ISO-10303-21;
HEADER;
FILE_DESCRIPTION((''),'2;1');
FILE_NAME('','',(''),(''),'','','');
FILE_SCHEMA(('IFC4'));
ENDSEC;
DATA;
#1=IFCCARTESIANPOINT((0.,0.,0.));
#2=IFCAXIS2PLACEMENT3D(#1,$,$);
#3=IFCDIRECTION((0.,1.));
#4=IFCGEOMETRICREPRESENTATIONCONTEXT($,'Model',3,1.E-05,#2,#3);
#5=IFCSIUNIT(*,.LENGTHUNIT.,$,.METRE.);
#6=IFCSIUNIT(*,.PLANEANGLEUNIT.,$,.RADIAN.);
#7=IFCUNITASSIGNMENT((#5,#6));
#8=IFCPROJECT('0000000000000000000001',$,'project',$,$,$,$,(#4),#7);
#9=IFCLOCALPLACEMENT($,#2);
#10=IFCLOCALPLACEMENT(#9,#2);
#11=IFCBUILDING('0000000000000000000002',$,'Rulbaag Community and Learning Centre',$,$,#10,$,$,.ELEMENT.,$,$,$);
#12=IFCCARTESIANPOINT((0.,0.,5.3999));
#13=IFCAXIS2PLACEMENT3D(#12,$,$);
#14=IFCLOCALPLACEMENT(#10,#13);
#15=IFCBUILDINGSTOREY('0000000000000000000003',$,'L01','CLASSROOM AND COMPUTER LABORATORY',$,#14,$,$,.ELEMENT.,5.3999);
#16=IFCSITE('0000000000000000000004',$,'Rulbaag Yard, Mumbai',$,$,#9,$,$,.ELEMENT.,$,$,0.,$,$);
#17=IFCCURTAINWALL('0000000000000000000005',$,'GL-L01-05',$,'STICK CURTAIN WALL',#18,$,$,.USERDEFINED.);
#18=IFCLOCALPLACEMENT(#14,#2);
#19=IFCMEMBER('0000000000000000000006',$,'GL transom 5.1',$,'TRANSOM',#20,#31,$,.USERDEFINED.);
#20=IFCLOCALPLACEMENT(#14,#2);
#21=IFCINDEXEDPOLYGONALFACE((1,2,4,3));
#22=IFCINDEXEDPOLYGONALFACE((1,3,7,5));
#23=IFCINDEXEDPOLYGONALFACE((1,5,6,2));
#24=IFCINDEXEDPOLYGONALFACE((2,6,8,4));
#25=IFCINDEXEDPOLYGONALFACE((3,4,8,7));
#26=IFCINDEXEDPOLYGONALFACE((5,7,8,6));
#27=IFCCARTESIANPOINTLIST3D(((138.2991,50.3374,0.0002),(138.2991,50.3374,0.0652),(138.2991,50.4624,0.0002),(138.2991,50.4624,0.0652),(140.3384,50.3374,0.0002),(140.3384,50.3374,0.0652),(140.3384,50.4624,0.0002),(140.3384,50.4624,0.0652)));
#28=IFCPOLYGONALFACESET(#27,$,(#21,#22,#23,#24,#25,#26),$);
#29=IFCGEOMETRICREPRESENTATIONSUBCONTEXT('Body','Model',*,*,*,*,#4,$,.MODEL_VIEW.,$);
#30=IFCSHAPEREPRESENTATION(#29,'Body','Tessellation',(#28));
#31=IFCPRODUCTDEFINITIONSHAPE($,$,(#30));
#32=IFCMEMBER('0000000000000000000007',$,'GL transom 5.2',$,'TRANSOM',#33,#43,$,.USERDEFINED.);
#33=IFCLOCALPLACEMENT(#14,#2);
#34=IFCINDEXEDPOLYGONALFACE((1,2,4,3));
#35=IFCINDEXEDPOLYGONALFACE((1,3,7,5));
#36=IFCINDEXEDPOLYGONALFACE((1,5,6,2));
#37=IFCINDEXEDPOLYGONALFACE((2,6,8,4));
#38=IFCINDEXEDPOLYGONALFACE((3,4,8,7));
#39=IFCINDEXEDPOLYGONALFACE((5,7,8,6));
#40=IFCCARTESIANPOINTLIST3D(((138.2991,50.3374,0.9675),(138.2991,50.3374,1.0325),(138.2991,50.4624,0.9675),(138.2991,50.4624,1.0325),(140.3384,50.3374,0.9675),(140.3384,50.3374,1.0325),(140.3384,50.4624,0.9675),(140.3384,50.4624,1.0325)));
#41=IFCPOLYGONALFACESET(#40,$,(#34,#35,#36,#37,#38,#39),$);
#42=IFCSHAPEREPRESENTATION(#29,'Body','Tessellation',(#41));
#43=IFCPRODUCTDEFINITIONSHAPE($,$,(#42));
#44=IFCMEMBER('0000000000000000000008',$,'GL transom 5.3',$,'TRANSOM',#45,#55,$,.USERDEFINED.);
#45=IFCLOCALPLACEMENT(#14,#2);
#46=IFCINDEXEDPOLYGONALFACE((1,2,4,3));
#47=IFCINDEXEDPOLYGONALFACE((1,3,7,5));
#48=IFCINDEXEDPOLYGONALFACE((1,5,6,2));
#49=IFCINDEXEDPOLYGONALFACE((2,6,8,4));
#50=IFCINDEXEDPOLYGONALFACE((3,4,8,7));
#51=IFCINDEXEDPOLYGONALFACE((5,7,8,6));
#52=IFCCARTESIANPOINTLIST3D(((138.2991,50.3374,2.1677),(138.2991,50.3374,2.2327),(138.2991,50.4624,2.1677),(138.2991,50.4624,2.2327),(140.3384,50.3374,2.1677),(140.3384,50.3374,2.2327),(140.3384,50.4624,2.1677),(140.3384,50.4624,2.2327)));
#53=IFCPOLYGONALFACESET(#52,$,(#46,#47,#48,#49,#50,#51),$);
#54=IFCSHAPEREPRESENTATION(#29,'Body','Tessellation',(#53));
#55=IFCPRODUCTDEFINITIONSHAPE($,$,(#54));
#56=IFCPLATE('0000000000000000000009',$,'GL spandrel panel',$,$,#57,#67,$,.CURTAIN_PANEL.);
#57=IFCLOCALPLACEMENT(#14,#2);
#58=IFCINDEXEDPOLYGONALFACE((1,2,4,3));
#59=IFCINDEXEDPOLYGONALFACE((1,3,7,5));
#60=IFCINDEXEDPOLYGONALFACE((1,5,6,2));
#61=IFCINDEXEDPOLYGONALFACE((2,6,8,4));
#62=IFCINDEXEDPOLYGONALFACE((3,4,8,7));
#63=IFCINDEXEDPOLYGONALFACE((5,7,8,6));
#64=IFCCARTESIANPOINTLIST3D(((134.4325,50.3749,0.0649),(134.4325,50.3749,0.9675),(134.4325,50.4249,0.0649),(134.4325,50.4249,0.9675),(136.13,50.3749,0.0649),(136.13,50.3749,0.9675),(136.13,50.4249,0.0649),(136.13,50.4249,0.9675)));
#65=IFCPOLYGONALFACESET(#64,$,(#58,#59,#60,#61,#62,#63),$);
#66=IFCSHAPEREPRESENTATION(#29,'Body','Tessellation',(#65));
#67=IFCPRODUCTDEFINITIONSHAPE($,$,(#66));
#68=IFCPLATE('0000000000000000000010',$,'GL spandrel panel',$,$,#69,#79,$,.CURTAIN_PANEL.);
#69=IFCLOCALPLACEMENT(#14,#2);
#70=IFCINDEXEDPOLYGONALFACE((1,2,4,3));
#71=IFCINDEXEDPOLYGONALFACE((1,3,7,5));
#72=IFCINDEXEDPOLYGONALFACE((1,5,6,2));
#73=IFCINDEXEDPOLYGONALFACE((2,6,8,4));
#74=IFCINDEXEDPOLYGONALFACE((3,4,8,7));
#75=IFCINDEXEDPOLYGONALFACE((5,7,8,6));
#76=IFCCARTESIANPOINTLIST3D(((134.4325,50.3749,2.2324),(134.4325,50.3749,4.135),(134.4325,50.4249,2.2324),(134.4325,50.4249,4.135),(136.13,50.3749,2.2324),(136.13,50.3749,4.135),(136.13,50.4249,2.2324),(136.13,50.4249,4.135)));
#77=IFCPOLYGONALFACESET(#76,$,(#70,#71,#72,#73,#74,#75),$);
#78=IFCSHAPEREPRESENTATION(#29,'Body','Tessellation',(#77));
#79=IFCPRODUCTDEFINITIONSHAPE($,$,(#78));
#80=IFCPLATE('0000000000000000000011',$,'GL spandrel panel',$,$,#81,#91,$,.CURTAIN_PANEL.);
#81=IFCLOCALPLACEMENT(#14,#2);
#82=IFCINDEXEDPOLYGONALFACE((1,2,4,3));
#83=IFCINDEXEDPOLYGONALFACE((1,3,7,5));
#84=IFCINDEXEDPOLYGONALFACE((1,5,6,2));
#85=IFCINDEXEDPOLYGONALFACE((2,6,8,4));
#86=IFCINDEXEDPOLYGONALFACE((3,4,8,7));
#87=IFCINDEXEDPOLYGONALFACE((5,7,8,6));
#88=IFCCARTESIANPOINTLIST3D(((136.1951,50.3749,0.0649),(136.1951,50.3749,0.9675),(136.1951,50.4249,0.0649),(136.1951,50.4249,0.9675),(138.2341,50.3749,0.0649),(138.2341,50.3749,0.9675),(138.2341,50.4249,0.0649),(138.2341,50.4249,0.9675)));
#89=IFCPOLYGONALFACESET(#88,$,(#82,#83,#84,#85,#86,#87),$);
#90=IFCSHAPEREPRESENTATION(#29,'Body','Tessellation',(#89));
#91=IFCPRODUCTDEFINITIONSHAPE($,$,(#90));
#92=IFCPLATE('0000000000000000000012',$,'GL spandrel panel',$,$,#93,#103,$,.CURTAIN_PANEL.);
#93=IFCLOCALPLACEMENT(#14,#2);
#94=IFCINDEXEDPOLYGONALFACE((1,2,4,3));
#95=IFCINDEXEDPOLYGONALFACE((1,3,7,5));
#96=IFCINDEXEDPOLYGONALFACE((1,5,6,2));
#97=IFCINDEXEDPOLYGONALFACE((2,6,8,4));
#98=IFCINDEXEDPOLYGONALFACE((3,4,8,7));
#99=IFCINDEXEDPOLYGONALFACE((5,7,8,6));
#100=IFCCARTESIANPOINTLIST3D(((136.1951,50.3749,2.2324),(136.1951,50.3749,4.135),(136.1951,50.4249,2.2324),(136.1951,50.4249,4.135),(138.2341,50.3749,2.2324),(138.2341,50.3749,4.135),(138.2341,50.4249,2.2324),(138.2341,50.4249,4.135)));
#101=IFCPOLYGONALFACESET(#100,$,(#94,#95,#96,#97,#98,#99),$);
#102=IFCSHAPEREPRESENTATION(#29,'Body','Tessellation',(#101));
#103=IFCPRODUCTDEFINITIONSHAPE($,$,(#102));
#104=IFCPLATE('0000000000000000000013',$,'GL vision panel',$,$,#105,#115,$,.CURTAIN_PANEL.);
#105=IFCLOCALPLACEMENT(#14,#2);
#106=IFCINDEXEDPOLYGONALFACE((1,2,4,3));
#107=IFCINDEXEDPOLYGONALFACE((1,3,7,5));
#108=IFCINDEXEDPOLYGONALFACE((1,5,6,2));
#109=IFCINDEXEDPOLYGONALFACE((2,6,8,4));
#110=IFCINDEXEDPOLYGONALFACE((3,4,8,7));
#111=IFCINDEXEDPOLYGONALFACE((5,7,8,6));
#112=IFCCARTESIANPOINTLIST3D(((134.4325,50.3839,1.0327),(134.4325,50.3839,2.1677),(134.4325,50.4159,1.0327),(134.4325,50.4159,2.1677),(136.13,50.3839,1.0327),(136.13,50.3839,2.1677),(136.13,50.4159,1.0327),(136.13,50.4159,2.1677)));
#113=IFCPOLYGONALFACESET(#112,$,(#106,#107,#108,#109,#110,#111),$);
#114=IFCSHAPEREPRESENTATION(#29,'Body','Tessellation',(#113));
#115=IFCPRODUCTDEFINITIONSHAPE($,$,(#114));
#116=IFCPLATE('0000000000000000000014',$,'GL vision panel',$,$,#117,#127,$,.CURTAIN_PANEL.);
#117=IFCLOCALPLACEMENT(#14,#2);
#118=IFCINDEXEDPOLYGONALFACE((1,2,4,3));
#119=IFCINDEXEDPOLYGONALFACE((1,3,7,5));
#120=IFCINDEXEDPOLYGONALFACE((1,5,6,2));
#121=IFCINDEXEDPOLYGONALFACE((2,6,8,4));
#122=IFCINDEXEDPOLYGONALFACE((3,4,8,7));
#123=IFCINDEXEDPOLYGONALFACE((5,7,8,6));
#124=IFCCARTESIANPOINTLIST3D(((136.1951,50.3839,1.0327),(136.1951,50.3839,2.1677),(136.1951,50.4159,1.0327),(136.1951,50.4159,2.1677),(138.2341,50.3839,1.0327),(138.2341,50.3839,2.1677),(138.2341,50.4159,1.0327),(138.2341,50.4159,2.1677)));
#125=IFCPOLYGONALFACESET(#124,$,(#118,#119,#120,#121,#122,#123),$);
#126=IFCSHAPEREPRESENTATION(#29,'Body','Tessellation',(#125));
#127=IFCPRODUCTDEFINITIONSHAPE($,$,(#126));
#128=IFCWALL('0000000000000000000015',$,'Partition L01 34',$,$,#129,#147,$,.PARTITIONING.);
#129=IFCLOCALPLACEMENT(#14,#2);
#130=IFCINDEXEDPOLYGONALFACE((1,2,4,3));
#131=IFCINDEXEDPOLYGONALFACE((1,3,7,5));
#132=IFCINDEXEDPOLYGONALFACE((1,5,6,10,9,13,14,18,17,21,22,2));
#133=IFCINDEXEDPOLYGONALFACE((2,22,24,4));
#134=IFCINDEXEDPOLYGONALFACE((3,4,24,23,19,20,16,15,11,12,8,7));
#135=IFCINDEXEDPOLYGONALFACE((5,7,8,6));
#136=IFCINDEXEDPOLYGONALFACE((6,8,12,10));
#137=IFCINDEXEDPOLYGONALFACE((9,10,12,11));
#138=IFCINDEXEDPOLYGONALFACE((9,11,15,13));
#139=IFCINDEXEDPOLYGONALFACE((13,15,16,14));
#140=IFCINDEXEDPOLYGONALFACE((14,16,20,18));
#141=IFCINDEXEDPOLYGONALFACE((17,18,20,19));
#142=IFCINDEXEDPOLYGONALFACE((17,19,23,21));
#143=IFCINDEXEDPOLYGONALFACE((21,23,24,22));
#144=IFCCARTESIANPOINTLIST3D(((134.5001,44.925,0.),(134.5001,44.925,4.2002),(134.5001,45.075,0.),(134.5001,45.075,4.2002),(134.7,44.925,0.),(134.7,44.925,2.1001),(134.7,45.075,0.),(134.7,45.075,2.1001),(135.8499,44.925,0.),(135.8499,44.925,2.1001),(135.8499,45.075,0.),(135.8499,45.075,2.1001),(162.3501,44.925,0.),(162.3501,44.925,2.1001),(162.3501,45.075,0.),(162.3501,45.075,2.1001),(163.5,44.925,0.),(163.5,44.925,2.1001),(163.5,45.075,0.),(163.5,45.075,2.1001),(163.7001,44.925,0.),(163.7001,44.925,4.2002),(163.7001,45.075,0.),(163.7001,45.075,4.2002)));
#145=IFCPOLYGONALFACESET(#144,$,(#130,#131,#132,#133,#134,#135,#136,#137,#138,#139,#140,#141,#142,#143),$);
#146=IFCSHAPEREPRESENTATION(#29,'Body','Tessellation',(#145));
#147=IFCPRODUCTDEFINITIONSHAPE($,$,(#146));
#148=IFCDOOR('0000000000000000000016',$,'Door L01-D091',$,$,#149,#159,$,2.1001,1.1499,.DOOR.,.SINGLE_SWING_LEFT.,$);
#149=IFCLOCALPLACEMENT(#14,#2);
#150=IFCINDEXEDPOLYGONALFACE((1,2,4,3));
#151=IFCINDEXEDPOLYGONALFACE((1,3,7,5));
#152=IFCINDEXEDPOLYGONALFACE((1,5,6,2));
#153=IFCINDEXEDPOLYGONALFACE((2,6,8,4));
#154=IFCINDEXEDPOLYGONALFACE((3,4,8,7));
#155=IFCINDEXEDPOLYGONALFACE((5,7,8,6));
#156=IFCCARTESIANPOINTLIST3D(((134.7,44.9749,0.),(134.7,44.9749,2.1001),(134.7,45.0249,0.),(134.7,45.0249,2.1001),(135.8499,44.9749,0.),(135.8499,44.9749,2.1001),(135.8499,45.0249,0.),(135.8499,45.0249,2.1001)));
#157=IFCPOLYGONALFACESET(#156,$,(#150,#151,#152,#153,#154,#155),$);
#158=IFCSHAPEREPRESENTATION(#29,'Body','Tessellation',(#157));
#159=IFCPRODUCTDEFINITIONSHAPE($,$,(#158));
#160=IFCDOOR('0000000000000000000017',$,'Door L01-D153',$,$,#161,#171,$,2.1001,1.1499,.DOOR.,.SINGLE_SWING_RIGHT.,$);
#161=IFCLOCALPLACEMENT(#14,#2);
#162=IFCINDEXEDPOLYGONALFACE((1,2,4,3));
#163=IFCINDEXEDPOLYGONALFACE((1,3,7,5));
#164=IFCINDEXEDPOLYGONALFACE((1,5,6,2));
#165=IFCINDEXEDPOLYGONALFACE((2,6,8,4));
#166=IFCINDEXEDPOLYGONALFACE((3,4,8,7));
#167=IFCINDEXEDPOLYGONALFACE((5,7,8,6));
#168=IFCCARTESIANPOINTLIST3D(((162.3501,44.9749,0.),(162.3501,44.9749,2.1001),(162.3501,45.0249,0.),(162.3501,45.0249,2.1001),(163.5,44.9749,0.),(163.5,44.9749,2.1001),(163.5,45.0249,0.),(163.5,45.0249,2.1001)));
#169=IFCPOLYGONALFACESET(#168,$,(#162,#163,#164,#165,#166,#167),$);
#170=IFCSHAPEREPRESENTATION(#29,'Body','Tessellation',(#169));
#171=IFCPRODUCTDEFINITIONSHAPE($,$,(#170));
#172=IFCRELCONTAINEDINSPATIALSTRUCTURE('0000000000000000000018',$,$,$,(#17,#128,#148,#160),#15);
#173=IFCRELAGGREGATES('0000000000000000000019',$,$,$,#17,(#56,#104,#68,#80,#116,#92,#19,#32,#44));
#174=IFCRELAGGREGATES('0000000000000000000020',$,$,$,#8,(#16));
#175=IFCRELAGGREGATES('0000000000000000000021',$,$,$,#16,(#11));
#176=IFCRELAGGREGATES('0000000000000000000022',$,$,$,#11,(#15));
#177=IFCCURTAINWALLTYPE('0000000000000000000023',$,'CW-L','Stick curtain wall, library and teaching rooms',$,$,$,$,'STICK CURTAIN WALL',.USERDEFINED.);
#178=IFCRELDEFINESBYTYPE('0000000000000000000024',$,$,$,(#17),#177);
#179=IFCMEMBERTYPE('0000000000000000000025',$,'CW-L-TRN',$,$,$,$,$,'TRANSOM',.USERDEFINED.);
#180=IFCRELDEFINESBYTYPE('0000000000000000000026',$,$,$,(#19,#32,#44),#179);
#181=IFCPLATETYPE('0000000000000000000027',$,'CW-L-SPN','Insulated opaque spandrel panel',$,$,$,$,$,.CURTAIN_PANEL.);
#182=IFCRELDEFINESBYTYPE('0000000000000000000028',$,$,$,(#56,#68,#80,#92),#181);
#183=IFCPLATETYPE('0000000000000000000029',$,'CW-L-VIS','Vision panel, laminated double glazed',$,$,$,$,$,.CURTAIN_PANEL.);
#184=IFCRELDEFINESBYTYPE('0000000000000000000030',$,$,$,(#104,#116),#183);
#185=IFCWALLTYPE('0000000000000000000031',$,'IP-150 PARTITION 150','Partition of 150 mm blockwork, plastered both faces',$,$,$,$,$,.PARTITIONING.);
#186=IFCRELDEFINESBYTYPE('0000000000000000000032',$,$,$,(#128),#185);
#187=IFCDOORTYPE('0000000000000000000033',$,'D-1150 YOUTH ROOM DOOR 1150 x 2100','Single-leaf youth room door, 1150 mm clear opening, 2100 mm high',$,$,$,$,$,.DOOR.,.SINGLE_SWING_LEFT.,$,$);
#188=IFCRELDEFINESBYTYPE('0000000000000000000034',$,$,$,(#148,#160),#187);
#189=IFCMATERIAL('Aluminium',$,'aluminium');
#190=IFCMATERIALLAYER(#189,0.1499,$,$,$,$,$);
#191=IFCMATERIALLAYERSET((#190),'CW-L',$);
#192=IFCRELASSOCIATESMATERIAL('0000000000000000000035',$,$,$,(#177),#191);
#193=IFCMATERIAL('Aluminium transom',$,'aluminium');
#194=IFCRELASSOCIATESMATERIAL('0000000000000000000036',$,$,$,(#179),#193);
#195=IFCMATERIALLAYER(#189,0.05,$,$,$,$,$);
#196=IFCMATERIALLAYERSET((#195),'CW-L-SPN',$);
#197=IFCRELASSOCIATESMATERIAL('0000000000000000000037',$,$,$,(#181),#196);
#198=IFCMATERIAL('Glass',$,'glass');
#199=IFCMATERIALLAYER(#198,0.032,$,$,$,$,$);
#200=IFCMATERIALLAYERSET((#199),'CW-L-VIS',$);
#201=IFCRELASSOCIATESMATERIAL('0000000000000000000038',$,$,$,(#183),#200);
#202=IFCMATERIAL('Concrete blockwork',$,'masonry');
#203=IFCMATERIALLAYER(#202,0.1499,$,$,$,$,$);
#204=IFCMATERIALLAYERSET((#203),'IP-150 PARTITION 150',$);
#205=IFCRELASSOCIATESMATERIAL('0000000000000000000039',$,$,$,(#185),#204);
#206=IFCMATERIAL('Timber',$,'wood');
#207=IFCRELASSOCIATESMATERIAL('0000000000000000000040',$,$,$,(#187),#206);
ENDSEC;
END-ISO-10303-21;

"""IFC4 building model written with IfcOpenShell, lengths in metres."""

from ifc_helpers import new_model, si_unit, direction, frame, frame_2d, origin, origin_2d, place, context, subcontext, project, spatial, rectangle, extrude, material, layer, layer_set, material_profile, profile_set, type_object, element, fill, aggregate, save


model = new_model("IFC4")

# Units and contexts
model_context = context("Model", 3, precision=1e-05, world=origin(), true_north=direction((0.0, 1.0)))
body_context = subcontext(model_context, "Body", "Model", "MODEL_VIEW")
ifc_project = project(units=[si_unit("LENGTHUNIT", "METRE"), si_unit("PLANEANGLEUNIT", "RADIAN")], contexts=[model_context])

# Site, building, storey
site_placement = place(None, origin())
site = spatial("IfcSite", under=ifc_project, at=site_placement, Name="Rulbaag Yard, Mumbai", CompositionType="ELEMENT", RefElevation=0.0)
building_placement = place(site_placement, origin())
building = spatial("IfcBuilding", under=site, at=building_placement, Name="Rulbaag Community and Learning Centre", CompositionType="ELEMENT")
storey_placement = place(building_placement, frame((0.0, 0.0, 5.3999)))
storey = spatial("IfcBuildingStorey", under=building, at=storey_placement, Name="L01", Description="CLASSROOM AND COMPUTER LABORATORY", CompositionType="ELEMENT", Elevation=5.3999)

# Curtain wall, members, plates
ifc_material_1 = material(Name="Aluminium", Category="aluminium")
ifc_layer_1 = layer(ifc_material_1, 0.1499)
ifc_layer_set_1 = layer_set([ifc_layer_1], Name="CW-L")
curtain_wall_type = type_object("IfcCurtainWallType", Name="CW-L", Description="Stick curtain wall, library and teaching rooms", ElementType="STICK CURTAIN WALL", PredefinedType="USERDEFINED", material=ifc_layer_set_1)
curtain_wall_placement = place(storey_placement, origin())
curtain_wall = element("IfcCurtainWall", 1, at=curtain_wall_placement, inside=storey, type_object=curtain_wall_type, Name="GL-L01-05", ObjectType="STICK CURTAIN WALL", PredefinedType="USERDEFINED")
ifc_material_2 = material(Name="Aluminium transom", Category="aluminium")
ifc_material_profile_1 = material_profile(ifc_material_2, rectangle(XDim=0.125, YDim=0.0649, at=origin_2d()), Name="AL 65x125 T")
ifc_profile_set_1 = profile_set([ifc_material_profile_1], Name="Aluminium transom")
member_type_1 = type_object("IfcMemberType", Name="CW-L-TRN", ElementType="TRANSOM", PredefinedType="USERDEFINED", material=ifc_profile_set_1)
member_1_placement = place(storey_placement, frame((138.2991, 50.3999, 0.0327), z_axis=(1.0, 0.0, 0.0), x_axis=(0.0, 1.0, 0.0)))
member_1 = element("IfcMember", 2, at=member_1_placement, type_object=member_type_1, Name="GL transom 5.1", ObjectType="TRANSOM", PredefinedType="USERDEFINED", context=body_context, shape_type="SweptSolid", body=[
    extrude(rectangle(XDim=0.125, YDim=0.0649, at=origin_2d()), origin(), (0.0, 0.0, 1.0), 2.0393),
])
member_2_placement = place(storey_placement, frame((138.2991, 50.3999, 1.0), z_axis=(1.0, 0.0, 0.0), x_axis=(0.0, 1.0, 0.0)))
member_2 = element("IfcMember", 3, at=member_2_placement, type_object=member_type_1, Name="GL transom 5.2", ObjectType="TRANSOM", PredefinedType="USERDEFINED", context=body_context, shape_type="SweptSolid", body=[
    extrude(rectangle(XDim=0.125, YDim=0.0649, at=origin_2d()), origin(), (0.0, 0.0, 1.0), 2.0393),
])
member_3_placement = place(storey_placement, frame((138.2991, 50.3999, 2.2002), z_axis=(1.0, 0.0, 0.0), x_axis=(0.0, 1.0, 0.0)))
member_3 = element("IfcMember", 4, at=member_3_placement, type_object=member_type_1, Name="GL transom 5.3", ObjectType="TRANSOM", PredefinedType="USERDEFINED", context=body_context, shape_type="SweptSolid", body=[
    extrude(rectangle(XDim=0.125, YDim=0.0649, at=origin_2d()), origin(), (0.0, 0.0, 1.0), 2.0393),
])
ifc_layer_2 = layer(ifc_material_1, 0.05)
ifc_layer_set_2 = layer_set([ifc_layer_2], Name="CW-L-SPN")
plate_type_1 = type_object("IfcPlateType", Name="CW-L-SPN", Description="Insulated opaque spandrel panel", PredefinedType="CURTAIN_PANEL", material=ifc_layer_set_2)
plate_1_placement = place(storey_placement, frame((135.2812, 50.3999, 0.0649), z_axis=(0.0, 0.0, 1.0), x_axis=(1.0, 0.0, 0.0)))
plate_1 = element("IfcPlate", 5, at=plate_1_placement, type_object=plate_type_1, Name="GL spandrel panel", PredefinedType="CURTAIN_PANEL", context=body_context, shape_type="SweptSolid", body=[
    extrude(rectangle(XDim=1.6975, YDim=0.05, at=origin_2d()), origin(), (0.0, 0.0, 1.0), 0.9026),
])
plate_2_placement = place(storey_placement, frame((135.2812, 50.3999, 2.2324), z_axis=(0.0, 0.0, 1.0), x_axis=(1.0, 0.0, 0.0)))
plate_2 = element("IfcPlate", 6, at=plate_2_placement, type_object=plate_type_1, Name="GL spandrel panel", PredefinedType="CURTAIN_PANEL", context=body_context, shape_type="SweptSolid", body=[
    extrude(rectangle(XDim=1.6975, YDim=0.05, at=origin_2d()), origin(), (0.0, 0.0, 1.0), 1.9026),
])
plate_3_placement = place(storey_placement, frame((137.2146, 50.3999, 0.0649), z_axis=(0.0, 0.0, 1.0), x_axis=(1.0, 0.0, 0.0)))
plate_3 = element("IfcPlate", 7, at=plate_3_placement, type_object=plate_type_1, Name="GL spandrel panel", PredefinedType="CURTAIN_PANEL", context=body_context, shape_type="SweptSolid", body=[
    extrude(rectangle(XDim=2.0391, YDim=0.05, at=origin_2d()), origin(), (0.0, 0.0, 1.0), 0.9026),
])
plate_4_placement = place(storey_placement, frame((137.2146, 50.3999, 2.2324), z_axis=(0.0, 0.0, 1.0), x_axis=(1.0, 0.0, 0.0)))
plate_4 = element("IfcPlate", 8, at=plate_4_placement, type_object=plate_type_1, Name="GL spandrel panel", PredefinedType="CURTAIN_PANEL", context=body_context, shape_type="SweptSolid", body=[
    extrude(rectangle(XDim=2.0391, YDim=0.05, at=origin_2d()), origin(), (0.0, 0.0, 1.0), 1.9026),
])
ifc_material_3 = material(Name="Glass", Category="glass")
ifc_layer_3 = layer(ifc_material_3, 0.032)
ifc_layer_set_3 = layer_set([ifc_layer_3], Name="CW-L-VIS")
plate_type_2 = type_object("IfcPlateType", Name="CW-L-VIS", Description="Vision panel, laminated double glazed", PredefinedType="CURTAIN_PANEL", material=ifc_layer_set_3)
plate_5_placement = place(storey_placement, frame((135.2812, 50.3999, 1.0327), z_axis=(0.0, 0.0, 1.0), x_axis=(1.0, 0.0, 0.0)))
plate_5 = element("IfcPlate", 9, at=plate_5_placement, type_object=plate_type_2, Name="GL vision panel", PredefinedType="CURTAIN_PANEL", context=body_context, shape_type="SweptSolid", body=[
    extrude(rectangle(XDim=1.6975, YDim=0.032, at=origin_2d()), origin(), (0.0, 0.0, 1.0), 1.135),
])
plate_6_placement = place(storey_placement, frame((137.2146, 50.3999, 1.0327), z_axis=(0.0, 0.0, 1.0), x_axis=(1.0, 0.0, 0.0)))
plate_6 = element("IfcPlate", 10, at=plate_6_placement, type_object=plate_type_2, Name="GL vision panel", PredefinedType="CURTAIN_PANEL", context=body_context, shape_type="SweptSolid", body=[
    extrude(rectangle(XDim=2.0391, YDim=0.032, at=origin_2d()), origin(), (0.0, 0.0, 1.0), 1.135),
])
aggregate(curtain_wall, [plate_1, plate_5, plate_2, plate_3, plate_6, plate_4, member_1, member_2, member_3])

# Wall, openings, doors
ifc_material_4 = material(Name="Concrete blockwork", Category="masonry")
ifc_layer_4 = layer(ifc_material_4, 0.1499)
ifc_layer_set_4 = layer_set([ifc_layer_4], Name="IP-150 PARTITION 150")
wall_type_1 = type_object("IfcWallType", Name="IP-150 PARTITION 150", Description="Partition of 150 mm blockwork, plastered both faces", PredefinedType="PARTITIONING", material=ifc_layer_set_4)
wall_1_placement = place(storey_placement, frame((134.5, 45.0, 0.0), z_axis=(0.0, 0.0, 1.0), x_axis=(1.0, 0.0, 0.0)))
wall_1 = element("IfcWall", 11, at=wall_1_placement, inside=storey, type_object=wall_type_1, Name="Partition L01 34", PredefinedType="PARTITIONING", context=body_context, shape_type="SweptSolid", body=[
    extrude(rectangle(XDim=29.2, YDim=0.1499, at=frame_2d((14.6001, 0.0))), origin(), (0.0, 0.0, 1.0), 4.2002),
])
opening_1_placement = place(wall_1_placement, frame((0.2, 0.0, 0.0)))
opening_1 = element("IfcOpeningElement", 12, at=opening_1_placement, cuts=wall_1, PredefinedType="OPENING", context=body_context, shape_type="SweptSolid", body=[
    extrude(rectangle(XDim=1.1499, YDim=2.1001, at=frame_2d((0.575, 1.05))), frame((0.0, 0.085, 0.0), z_axis=(0.0, -1.0, 0.0), x_axis=(1.0, 0.0, 0.0)), (0.0, 0.0, 1.0), 0.1699),
])
opening_2_placement = place(wall_1_placement, frame((27.8501, 0.0, 0.0)))
opening_2 = element("IfcOpeningElement", 13, at=opening_2_placement, cuts=wall_1, PredefinedType="OPENING", context=body_context, shape_type="SweptSolid", body=[
    extrude(rectangle(XDim=1.1499, YDim=2.1001, at=frame_2d((0.575, 1.05))), frame((0.0, 0.085, 0.0), z_axis=(0.0, -1.0, 0.0), x_axis=(1.0, 0.0, 0.0)), (0.0, 0.0, 1.0), 0.1699),
])
ifc_material_5 = material(Name="Timber", Category="wood")
door_type_1 = type_object("IfcDoorType", Name="D-1150 YOUTH ROOM DOOR 1150 x 2100", Description="Single-leaf youth room door, 1150 mm clear opening, 2100 mm high", OperationType="SINGLE_SWING_LEFT", PredefinedType="DOOR", material=ifc_material_5)
door_1_placement = place(opening_1_placement, origin())
door_1 = element("IfcDoor", 14, at=door_1_placement, inside=storey, type_object=door_type_1, Name="Door L01-D091", OperationType="SINGLE_SWING_LEFT", OverallHeight=2.1001, OverallWidth=1.1499, PredefinedType="DOOR", context=body_context, shape_type="SweptSolid", body=[
    extrude(rectangle(XDim=1.1499, YDim=2.1001, at=frame_2d((0.575, 1.05))), frame((0.0, 0.0249, 0.0), z_axis=(0.0, -1.0, 0.0), x_axis=(1.0, 0.0, 0.0)), (0.0, 0.0, 1.0), 0.05),
])
fill(opening_1, door_1)
door_2_placement = place(opening_2_placement, origin())
door_2 = element("IfcDoor", 15, at=door_2_placement, inside=storey, type_object=door_type_1, Name="Door L01-D153", OperationType="SINGLE_SWING_RIGHT", OverallHeight=2.1001, OverallWidth=1.1499, PredefinedType="DOOR", context=body_context, shape_type="SweptSolid", body=[
    extrude(rectangle(XDim=1.1499, YDim=2.1001, at=frame_2d((0.575, 1.05))), frame((0.0, 0.0249, 0.0), z_axis=(0.0, -1.0, 0.0), x_axis=(1.0, 0.0, 0.0)), (0.0, 0.0, 1.0), 0.05),
])
fill(opening_2, door_2)

save(model, "model.ifc")
